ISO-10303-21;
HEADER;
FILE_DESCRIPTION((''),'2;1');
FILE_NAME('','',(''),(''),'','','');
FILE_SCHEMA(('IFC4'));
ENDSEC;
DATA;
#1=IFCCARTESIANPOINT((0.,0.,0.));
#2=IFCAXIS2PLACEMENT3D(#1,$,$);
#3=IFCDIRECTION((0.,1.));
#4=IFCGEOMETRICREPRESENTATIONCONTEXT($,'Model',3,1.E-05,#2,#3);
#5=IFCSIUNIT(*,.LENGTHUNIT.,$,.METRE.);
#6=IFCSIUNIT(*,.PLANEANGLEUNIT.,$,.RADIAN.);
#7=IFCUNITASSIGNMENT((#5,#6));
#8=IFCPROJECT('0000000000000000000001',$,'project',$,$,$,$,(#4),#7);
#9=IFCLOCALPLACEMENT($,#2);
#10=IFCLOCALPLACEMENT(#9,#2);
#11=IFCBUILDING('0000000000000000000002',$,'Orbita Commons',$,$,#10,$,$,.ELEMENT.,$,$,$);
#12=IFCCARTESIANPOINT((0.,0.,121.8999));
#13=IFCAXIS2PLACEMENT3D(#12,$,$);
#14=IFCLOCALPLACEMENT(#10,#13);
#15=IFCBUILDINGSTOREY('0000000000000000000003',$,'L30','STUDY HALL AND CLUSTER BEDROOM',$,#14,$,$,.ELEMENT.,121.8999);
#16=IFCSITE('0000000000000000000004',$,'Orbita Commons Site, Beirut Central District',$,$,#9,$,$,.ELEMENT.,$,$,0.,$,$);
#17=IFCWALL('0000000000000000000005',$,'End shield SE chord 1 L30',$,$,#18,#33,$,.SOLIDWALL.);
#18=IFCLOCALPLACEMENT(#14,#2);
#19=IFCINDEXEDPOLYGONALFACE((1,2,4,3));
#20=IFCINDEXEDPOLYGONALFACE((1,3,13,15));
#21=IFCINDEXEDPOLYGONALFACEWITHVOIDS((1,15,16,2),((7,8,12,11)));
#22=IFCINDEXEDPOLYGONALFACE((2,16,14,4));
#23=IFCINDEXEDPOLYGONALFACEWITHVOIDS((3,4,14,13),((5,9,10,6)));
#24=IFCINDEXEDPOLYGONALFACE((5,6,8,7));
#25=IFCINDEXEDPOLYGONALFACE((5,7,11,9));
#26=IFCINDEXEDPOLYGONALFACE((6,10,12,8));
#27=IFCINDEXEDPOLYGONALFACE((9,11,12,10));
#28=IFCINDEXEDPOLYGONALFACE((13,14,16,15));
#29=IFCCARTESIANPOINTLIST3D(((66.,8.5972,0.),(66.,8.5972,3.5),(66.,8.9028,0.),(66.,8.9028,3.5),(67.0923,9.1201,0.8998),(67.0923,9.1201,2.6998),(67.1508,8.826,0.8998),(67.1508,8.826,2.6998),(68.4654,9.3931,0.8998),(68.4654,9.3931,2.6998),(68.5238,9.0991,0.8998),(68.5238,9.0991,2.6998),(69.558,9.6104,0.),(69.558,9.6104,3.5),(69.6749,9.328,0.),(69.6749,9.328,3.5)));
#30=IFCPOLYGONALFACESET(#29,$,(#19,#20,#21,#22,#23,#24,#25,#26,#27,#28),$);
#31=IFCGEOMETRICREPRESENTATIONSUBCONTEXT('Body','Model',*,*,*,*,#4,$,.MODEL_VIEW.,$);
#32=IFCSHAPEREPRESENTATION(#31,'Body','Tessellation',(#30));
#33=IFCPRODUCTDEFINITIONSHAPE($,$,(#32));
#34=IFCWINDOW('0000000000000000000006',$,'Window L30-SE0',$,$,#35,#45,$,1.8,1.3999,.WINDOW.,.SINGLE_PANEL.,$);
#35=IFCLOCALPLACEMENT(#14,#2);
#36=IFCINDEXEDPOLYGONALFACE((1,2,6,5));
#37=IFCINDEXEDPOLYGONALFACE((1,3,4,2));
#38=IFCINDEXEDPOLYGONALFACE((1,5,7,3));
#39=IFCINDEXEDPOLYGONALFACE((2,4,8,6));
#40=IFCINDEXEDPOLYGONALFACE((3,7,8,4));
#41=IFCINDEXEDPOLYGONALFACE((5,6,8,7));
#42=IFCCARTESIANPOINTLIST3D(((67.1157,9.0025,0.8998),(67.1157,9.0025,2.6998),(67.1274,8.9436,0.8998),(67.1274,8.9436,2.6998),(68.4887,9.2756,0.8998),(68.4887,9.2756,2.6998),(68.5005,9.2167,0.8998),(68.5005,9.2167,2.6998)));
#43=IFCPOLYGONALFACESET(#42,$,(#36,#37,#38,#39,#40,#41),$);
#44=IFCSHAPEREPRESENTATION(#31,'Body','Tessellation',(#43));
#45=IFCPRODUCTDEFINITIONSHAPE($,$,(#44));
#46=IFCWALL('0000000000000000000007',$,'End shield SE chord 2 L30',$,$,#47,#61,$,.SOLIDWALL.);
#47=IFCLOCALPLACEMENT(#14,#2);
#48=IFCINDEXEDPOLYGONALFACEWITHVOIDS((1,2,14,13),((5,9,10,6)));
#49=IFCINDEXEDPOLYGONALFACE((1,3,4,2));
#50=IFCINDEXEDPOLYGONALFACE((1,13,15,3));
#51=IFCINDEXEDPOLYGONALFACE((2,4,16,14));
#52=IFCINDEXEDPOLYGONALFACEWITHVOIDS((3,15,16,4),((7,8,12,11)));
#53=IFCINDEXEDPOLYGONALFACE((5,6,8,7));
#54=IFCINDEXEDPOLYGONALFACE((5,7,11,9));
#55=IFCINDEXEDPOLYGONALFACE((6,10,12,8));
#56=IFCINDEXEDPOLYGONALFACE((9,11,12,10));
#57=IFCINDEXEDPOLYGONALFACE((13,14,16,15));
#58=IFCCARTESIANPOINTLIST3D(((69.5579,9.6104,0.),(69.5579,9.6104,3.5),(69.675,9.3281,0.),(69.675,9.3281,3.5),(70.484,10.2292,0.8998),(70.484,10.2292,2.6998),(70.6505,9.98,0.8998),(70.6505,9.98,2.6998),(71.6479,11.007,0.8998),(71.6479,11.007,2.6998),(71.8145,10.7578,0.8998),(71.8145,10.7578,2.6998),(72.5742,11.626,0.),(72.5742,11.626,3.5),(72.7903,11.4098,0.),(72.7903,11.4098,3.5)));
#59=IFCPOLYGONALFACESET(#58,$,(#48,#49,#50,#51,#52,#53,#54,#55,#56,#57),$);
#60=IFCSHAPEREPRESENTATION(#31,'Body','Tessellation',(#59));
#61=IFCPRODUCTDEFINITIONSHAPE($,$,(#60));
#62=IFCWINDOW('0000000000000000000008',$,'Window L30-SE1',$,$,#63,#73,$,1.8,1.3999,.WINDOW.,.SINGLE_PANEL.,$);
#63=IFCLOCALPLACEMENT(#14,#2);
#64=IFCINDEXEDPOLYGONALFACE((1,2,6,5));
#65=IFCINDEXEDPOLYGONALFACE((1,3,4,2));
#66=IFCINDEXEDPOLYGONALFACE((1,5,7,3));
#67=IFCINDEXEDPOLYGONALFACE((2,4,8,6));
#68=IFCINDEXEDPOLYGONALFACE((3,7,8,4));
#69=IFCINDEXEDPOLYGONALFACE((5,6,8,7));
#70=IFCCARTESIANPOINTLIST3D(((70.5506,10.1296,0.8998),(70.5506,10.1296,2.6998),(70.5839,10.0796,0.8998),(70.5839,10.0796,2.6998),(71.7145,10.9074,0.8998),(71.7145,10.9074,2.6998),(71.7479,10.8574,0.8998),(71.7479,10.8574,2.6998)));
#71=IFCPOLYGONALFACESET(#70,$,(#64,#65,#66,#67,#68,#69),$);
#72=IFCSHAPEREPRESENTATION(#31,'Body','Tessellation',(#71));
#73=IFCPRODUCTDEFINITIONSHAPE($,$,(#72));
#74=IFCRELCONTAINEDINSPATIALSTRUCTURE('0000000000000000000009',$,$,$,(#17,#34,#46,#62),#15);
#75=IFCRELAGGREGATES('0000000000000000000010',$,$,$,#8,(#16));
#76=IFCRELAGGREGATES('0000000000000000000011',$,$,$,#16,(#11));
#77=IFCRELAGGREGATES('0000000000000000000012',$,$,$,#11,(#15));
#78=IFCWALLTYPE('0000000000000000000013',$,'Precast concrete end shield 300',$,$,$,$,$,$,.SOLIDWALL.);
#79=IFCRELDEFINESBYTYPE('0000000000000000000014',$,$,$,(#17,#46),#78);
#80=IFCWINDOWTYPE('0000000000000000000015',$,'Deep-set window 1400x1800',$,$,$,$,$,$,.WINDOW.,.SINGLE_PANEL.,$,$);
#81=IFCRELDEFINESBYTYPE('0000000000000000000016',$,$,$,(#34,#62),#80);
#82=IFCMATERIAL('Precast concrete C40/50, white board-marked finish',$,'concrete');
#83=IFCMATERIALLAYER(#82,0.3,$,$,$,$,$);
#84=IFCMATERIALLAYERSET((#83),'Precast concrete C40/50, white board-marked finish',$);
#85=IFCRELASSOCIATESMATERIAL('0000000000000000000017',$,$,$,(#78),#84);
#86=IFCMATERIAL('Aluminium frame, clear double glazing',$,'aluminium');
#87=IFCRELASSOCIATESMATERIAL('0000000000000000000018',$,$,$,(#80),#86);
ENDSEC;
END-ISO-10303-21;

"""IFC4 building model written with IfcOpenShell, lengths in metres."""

from ifc_helpers import new_model, si_unit, direction, frame, frame_2d, origin, place, context, subcontext, project, spatial, polyline, rectangle, outline, extrude, material, layer, layer_set, type_object, element, fill, save


model = new_model("IFC4")

# Units and contexts
model_context = context("Model", 3, precision=1e-05, world=origin(), true_north=direction((0.0, 1.0)))
body_context = subcontext(model_context, "Body", "Model", "MODEL_VIEW")
ifc_project = project(units=[si_unit("LENGTHUNIT", "METRE"), si_unit("PLANEANGLEUNIT", "RADIAN")], contexts=[model_context])

# Site, building, storey
site_placement = place(None, origin())
site = spatial("IfcSite", under=ifc_project, at=site_placement, Name="Orbita Commons Site, Beirut Central District", CompositionType="ELEMENT", RefElevation=0.0)
building_placement = place(site_placement, origin())
building = spatial("IfcBuilding", under=site, at=building_placement, Name="Orbita Commons", CompositionType="ELEMENT")
storey_placement = place(building_placement, frame((0.0, 0.0, 121.8999)))
storey = spatial("IfcBuildingStorey", under=building, at=storey_placement, Name="L30", Description="STUDY HALL AND CLUSTER BEDROOM", CompositionType="ELEMENT", Elevation=121.8999)

# Walls, openings, windows
ifc_material_1 = material(Name="Precast concrete C40/50, white board-marked finish", Category="concrete")
ifc_layer_1 = layer(ifc_material_1, 0.3)
ifc_layer_set_1 = layer_set([ifc_layer_1], Name="Precast concrete C40/50, white board-marked finish")
wall_type_1 = type_object("IfcWallType", Name="Precast concrete end shield 300", PredefinedType="SOLIDWALL", material=ifc_layer_set_1)
wall_1_placement = place(storey_placement, frame((66.0, 8.75, 0.0), z_axis=(0.0, 0.0, 1.0), x_axis=(0.980791, 0.195059, 0.0)))
wall_1 = element("IfcWall", 1, at=wall_1_placement, inside=storey, type_object=wall_type_1, Name="End shield SE chord 1 L30", PredefinedType="SOLIDWALL", context=body_context, shape_type="SweptSolid", body=[
    extrude(outline(polyline([(-0.0298, -0.1499), (3.717, -0.1499), (3.6575, 0.1499), (0.0298, 0.1499), (-0.0298, -0.1499)])), origin(), (0.0, 0.0, 1.0), 3.5),
])
opening_1_placement = place(wall_1_placement, frame((1.1436, 0.0, 0.8999)))
opening_1 = element("IfcOpeningElement", 2, at=opening_1_placement, cuts=wall_1, PredefinedType="OPENING", context=body_context, shape_type="SweptSolid", body=[
    extrude(rectangle(XDim=1.3999, YDim=1.8, at=frame_2d((0.7, 0.8999))), frame((0.0, 0.1599, 0.0), z_axis=(0.0, -1.0, 0.0), x_axis=(1.0, 0.0, 0.0)), (0.0, 0.0, 1.0), 0.3201),
])
ifc_material_2 = material(Name="Aluminium frame, clear double glazing", Category="aluminium")
window_type = type_object("IfcWindowType", Name="Deep-set window 1400x1800", PartitioningType="SINGLE_PANEL", PredefinedType="WINDOW", material=ifc_material_2)
window_1_placement = place(opening_1_placement, origin())
window_1 = element("IfcWindow", 3, at=window_1_placement, inside=storey, type_object=window_type, Name="Window L30-SE0", OverallHeight=1.8, OverallWidth=1.3999, PartitioningType="SINGLE_PANEL", PredefinedType="WINDOW", context=body_context, shape_type="SweptSolid", body=[
    extrude(rectangle(XDim=1.3999, YDim=1.8, at=frame_2d((0.7, 0.8999))), frame((0.0, 0.03, 0.0), z_axis=(0.0, -1.0, 0.0), x_axis=(1.0, 0.0, 0.0)), (0.0, 0.0, 1.0), 0.0601),
])
fill(opening_1, window_1)
wall_2_placement = place(storey_placement, frame((69.6165, 9.4692, 0.0), z_axis=(0.0, 0.0, 1.0), x_axis=(0.831449, 0.555601, 0.0)))
wall_2 = element("IfcWall", 4, at=wall_2_placement, inside=storey, type_object=wall_type_1, Name="End shield SE chord 2 L30", PredefinedType="SOLIDWALL", context=body_context, shape_type="SweptSolid", body=[
    extrude(outline(polyline([(-0.0298, -0.1499), (3.717, -0.1499), (3.6575, 0.1499), (0.0298, 0.1499), (-0.0298, -0.1499)])), origin(), (0.0, 0.0, 1.0), 3.5),
])
opening_2_placement = place(wall_2_placement, frame((1.1436, 0.0, 0.8999)))
opening_2 = element("IfcOpeningElement", 5, at=opening_2_placement, cuts=wall_2, PredefinedType="OPENING", context=body_context, shape_type="SweptSolid", body=[
    extrude(rectangle(XDim=1.3999, YDim=1.8, at=frame_2d((0.7, 0.8999))), frame((0.0, 0.1599, 0.0), z_axis=(0.0, -1.0, 0.0), x_axis=(1.0, 0.0, 0.0)), (0.0, 0.0, 1.0), 0.3201),
])
window_2_placement = place(opening_2_placement, origin())
window_2 = element("IfcWindow", 6, at=window_2_placement, inside=storey, type_object=window_type, Name="Window L30-SE1", OverallHeight=1.8, OverallWidth=1.3999, PartitioningType="SINGLE_PANEL", PredefinedType="WINDOW", context=body_context, shape_type="SweptSolid", body=[
    extrude(rectangle(XDim=1.3999, YDim=1.8, at=frame_2d((0.7, 0.8999))), frame((0.0, 0.03, 0.0), z_axis=(0.0, -1.0, 0.0), x_axis=(1.0, 0.0, 0.0)), (0.0, 0.0, 1.0), 0.0601),
])
fill(opening_2, window_2)

save(model, "model.ifc")
